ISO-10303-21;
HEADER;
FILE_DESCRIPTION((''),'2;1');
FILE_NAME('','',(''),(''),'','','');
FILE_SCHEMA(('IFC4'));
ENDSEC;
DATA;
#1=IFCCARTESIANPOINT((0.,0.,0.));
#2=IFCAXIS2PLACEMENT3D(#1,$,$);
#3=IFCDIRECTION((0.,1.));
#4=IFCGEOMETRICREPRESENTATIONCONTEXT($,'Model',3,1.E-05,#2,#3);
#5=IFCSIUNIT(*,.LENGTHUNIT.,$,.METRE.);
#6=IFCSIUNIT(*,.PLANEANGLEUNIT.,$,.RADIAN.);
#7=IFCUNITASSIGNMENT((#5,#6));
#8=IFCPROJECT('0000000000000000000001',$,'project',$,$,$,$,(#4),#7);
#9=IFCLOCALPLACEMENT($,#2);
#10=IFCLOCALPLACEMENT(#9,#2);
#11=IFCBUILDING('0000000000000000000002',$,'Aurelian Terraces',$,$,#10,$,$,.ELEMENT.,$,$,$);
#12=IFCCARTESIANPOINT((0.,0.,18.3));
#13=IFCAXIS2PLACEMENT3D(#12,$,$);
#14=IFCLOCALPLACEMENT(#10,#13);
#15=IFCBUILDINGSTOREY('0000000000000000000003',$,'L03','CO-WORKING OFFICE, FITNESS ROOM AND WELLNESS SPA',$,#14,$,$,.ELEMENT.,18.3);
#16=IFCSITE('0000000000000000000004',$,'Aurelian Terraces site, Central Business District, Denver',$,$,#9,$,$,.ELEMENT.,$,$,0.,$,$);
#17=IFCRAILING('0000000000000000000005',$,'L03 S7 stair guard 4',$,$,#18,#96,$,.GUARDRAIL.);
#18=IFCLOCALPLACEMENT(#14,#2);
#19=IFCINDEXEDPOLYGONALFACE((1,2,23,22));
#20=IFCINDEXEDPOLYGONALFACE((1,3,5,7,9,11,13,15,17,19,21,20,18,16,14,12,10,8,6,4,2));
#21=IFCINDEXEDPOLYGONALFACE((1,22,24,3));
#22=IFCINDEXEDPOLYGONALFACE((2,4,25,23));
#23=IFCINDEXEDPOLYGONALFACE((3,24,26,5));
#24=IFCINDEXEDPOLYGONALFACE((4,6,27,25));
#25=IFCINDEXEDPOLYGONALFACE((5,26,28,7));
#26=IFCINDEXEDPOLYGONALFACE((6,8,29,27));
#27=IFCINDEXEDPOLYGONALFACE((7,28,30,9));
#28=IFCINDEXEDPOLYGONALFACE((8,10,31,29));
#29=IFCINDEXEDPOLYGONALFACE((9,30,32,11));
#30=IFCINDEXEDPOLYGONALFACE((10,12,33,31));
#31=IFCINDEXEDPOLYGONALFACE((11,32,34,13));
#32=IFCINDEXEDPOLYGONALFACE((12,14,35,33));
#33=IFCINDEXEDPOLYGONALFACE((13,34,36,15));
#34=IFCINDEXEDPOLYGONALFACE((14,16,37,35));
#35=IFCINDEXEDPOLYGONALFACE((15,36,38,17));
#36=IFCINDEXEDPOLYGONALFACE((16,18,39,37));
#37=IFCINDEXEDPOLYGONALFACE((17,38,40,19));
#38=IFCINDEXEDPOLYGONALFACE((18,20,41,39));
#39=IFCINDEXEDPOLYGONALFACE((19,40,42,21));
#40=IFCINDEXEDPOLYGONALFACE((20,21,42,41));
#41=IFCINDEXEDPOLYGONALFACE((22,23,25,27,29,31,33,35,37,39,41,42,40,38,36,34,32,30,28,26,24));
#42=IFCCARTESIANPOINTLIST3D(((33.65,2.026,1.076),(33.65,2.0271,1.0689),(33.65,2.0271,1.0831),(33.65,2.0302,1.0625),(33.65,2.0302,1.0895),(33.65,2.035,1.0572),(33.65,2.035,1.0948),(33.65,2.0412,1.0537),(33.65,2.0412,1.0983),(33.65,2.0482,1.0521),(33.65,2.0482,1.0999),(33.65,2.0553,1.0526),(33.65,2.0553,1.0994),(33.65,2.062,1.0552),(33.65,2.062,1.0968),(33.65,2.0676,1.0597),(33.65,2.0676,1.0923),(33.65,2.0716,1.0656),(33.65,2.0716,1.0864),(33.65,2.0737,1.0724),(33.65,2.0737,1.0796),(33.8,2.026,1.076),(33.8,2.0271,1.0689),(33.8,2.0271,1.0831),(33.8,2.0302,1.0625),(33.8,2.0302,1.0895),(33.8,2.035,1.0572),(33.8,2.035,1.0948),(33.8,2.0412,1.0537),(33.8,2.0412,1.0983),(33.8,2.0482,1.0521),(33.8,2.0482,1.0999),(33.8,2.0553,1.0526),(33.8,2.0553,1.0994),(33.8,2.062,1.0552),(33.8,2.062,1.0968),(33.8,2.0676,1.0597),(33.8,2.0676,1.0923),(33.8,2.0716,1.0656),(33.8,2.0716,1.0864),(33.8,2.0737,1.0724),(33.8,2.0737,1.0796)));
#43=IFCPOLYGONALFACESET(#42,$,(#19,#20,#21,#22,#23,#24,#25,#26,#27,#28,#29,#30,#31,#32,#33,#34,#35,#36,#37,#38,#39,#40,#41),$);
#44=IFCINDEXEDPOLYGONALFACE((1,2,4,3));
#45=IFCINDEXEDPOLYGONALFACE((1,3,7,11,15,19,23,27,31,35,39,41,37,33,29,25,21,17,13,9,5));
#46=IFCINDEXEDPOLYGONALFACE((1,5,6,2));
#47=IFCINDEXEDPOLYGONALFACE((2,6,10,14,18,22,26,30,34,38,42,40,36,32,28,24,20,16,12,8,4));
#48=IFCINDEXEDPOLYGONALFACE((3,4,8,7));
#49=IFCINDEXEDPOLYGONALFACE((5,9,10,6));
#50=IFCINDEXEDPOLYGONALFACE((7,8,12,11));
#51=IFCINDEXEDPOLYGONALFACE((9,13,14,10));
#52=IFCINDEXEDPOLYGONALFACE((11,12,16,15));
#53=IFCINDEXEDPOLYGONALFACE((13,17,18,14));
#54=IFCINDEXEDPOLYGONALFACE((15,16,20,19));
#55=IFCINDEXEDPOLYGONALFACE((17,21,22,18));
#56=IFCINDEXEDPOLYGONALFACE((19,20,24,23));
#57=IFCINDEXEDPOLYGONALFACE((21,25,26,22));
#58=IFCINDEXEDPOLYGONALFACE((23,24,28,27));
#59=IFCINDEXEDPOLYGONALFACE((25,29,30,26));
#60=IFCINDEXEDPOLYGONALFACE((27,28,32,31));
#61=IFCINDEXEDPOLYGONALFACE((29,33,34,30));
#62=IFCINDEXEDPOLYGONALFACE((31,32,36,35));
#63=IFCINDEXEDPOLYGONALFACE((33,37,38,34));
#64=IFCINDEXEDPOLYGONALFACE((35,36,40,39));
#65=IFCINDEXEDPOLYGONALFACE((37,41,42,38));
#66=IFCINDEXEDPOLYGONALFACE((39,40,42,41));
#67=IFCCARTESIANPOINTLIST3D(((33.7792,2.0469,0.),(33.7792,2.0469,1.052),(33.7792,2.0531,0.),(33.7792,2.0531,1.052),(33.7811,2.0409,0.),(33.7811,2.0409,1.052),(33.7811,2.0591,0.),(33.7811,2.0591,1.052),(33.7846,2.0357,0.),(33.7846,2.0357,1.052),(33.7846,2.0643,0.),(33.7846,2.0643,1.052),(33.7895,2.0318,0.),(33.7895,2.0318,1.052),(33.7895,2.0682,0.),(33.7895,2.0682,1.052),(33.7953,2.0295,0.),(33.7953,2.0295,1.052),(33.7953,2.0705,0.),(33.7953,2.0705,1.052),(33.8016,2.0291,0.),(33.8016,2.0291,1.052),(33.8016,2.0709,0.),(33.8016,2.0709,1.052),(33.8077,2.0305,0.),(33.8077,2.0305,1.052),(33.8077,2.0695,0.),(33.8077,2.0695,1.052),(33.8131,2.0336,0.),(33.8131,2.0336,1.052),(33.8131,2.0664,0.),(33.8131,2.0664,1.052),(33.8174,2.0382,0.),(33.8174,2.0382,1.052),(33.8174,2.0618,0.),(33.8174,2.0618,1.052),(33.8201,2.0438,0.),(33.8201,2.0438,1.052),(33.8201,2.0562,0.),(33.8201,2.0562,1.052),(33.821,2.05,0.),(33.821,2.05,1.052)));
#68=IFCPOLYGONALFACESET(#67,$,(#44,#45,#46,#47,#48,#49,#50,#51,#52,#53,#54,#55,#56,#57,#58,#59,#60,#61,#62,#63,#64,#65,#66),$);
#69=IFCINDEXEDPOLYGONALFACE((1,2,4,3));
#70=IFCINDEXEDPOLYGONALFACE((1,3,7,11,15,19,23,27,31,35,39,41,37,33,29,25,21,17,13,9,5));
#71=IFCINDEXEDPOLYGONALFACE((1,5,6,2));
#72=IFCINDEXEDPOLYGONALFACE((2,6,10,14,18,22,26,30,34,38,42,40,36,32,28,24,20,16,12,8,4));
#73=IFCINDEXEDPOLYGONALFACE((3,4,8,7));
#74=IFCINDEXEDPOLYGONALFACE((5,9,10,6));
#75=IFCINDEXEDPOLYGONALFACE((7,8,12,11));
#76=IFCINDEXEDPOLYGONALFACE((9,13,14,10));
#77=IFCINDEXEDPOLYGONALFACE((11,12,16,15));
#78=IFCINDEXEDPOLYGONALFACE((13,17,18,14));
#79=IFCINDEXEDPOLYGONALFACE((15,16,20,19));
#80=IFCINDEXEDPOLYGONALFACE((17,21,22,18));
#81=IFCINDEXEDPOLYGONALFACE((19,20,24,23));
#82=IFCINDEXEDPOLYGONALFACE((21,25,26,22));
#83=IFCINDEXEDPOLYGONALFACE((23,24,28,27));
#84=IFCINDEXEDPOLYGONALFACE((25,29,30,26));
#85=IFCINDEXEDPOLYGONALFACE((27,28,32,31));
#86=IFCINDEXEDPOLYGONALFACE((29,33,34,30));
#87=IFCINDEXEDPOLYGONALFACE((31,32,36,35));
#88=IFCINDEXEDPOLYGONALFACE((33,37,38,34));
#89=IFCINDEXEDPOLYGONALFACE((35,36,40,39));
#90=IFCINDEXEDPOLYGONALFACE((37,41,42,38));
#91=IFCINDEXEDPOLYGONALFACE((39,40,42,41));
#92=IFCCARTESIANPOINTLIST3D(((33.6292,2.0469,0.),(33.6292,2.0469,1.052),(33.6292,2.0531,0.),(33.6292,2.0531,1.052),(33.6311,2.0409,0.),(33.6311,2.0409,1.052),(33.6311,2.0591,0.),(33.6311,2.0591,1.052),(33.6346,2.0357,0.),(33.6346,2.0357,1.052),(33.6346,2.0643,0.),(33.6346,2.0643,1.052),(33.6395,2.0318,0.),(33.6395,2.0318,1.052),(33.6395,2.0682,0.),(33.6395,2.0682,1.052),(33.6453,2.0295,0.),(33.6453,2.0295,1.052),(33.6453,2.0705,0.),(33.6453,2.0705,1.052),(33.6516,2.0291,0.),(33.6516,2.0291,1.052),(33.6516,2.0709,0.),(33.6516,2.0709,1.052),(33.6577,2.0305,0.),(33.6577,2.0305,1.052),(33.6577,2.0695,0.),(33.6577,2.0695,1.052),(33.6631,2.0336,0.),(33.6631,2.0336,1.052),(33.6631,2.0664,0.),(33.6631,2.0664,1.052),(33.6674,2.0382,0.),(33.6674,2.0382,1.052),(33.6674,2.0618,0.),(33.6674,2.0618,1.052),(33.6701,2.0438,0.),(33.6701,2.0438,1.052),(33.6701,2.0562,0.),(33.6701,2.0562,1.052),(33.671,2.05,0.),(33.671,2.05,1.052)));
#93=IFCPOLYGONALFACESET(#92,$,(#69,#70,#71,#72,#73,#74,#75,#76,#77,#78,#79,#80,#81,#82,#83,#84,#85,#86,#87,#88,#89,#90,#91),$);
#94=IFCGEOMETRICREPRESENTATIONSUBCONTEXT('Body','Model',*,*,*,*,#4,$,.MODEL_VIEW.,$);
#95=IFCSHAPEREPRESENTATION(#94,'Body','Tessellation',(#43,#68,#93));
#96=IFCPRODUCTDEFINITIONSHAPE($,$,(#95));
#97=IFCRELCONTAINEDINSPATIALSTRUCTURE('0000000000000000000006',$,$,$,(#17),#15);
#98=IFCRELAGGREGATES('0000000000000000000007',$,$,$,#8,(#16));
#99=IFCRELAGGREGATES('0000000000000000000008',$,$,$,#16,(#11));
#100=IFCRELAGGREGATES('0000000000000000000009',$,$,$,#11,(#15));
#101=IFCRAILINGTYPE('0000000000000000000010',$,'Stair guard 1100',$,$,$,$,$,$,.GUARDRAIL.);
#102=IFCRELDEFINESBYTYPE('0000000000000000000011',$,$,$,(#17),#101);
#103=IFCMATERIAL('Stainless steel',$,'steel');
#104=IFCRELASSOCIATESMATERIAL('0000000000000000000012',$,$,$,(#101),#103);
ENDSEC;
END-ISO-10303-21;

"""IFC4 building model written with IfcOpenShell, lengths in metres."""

from ifc_helpers import new_model, si_unit, direction, frame, origin, origin_2d, place, context, subcontext, project, spatial, circle, extrude, source, transform, mapped, material, type_object, element, save


model = new_model("IFC4")

# Units and contexts
model_context = context("Model", 3, precision=1e-05, world=origin(), true_north=direction((0.0, 1.0)))
body_context = subcontext(model_context, "Body", "Model", "MODEL_VIEW")
ifc_project = project(units=[si_unit("LENGTHUNIT", "METRE"), si_unit("PLANEANGLEUNIT", "RADIAN")], contexts=[model_context])

# Site, building, storey
site_placement = place(None, origin())
site = spatial("IfcSite", under=ifc_project, at=site_placement, Name="Aurelian Terraces site, Central Business District, Denver", CompositionType="ELEMENT", RefElevation=0.0)
building_placement = place(site_placement, origin())
building = spatial("IfcBuilding", under=site, at=building_placement, Name="Aurelian Terraces", CompositionType="ELEMENT")
storey_placement = place(building_placement, frame((0.0, 0.0, 18.3)))
storey = spatial("IfcBuildingStorey", under=building, at=storey_placement, Name="L03", Description="CO-WORKING OFFICE, FITNESS ROOM AND WELLNESS SPA", CompositionType="ELEMENT", Elevation=18.3)

# Railing
ifc_material_1 = material(Name="Stainless steel", Category="steel")
railing_type_1 = type_object("IfcRailingType", Name="Stair guard 1100", PredefinedType="GUARDRAIL", material=ifc_material_1)
shared_shape_1 = source(origin(), body_context, "Body", "SweptSolid", [
    extrude(circle(Radius=0.024, at=origin_2d()), frame((0.0, 0.0, 1.076), z_axis=(-1.0, 0.0, 0.0), x_axis=(0.0, -1.0, 0.0)), (0.0, 0.0, 1.0), 0.15),
    extrude(circle(Radius=0.021, at=origin_2d()), origin(), (0.0, 0.0, 1.0), 1.052),
    extrude(circle(Radius=0.021, at=origin_2d()), frame((-0.15, 0.0, 0.0)), (0.0, 0.0, 1.0), 1.052),
])
for number, where, name in (
    (1, (33.8, 2.05, 0.0), "L03 S7 stair guard 4"),
):
    element("IfcRailing", number, at=place(storey_placement, frame(where)), inside=storey, type_object=railing_type_1, Name=name, PredefinedType="GUARDRAIL", context=body_context, shape_type="MappedRepresentation", body=[
        mapped(shared_shape_1, transform((0.0, 0.0, 0.0), scale=1.0)),
    ])

save(model, "model.ifc")
